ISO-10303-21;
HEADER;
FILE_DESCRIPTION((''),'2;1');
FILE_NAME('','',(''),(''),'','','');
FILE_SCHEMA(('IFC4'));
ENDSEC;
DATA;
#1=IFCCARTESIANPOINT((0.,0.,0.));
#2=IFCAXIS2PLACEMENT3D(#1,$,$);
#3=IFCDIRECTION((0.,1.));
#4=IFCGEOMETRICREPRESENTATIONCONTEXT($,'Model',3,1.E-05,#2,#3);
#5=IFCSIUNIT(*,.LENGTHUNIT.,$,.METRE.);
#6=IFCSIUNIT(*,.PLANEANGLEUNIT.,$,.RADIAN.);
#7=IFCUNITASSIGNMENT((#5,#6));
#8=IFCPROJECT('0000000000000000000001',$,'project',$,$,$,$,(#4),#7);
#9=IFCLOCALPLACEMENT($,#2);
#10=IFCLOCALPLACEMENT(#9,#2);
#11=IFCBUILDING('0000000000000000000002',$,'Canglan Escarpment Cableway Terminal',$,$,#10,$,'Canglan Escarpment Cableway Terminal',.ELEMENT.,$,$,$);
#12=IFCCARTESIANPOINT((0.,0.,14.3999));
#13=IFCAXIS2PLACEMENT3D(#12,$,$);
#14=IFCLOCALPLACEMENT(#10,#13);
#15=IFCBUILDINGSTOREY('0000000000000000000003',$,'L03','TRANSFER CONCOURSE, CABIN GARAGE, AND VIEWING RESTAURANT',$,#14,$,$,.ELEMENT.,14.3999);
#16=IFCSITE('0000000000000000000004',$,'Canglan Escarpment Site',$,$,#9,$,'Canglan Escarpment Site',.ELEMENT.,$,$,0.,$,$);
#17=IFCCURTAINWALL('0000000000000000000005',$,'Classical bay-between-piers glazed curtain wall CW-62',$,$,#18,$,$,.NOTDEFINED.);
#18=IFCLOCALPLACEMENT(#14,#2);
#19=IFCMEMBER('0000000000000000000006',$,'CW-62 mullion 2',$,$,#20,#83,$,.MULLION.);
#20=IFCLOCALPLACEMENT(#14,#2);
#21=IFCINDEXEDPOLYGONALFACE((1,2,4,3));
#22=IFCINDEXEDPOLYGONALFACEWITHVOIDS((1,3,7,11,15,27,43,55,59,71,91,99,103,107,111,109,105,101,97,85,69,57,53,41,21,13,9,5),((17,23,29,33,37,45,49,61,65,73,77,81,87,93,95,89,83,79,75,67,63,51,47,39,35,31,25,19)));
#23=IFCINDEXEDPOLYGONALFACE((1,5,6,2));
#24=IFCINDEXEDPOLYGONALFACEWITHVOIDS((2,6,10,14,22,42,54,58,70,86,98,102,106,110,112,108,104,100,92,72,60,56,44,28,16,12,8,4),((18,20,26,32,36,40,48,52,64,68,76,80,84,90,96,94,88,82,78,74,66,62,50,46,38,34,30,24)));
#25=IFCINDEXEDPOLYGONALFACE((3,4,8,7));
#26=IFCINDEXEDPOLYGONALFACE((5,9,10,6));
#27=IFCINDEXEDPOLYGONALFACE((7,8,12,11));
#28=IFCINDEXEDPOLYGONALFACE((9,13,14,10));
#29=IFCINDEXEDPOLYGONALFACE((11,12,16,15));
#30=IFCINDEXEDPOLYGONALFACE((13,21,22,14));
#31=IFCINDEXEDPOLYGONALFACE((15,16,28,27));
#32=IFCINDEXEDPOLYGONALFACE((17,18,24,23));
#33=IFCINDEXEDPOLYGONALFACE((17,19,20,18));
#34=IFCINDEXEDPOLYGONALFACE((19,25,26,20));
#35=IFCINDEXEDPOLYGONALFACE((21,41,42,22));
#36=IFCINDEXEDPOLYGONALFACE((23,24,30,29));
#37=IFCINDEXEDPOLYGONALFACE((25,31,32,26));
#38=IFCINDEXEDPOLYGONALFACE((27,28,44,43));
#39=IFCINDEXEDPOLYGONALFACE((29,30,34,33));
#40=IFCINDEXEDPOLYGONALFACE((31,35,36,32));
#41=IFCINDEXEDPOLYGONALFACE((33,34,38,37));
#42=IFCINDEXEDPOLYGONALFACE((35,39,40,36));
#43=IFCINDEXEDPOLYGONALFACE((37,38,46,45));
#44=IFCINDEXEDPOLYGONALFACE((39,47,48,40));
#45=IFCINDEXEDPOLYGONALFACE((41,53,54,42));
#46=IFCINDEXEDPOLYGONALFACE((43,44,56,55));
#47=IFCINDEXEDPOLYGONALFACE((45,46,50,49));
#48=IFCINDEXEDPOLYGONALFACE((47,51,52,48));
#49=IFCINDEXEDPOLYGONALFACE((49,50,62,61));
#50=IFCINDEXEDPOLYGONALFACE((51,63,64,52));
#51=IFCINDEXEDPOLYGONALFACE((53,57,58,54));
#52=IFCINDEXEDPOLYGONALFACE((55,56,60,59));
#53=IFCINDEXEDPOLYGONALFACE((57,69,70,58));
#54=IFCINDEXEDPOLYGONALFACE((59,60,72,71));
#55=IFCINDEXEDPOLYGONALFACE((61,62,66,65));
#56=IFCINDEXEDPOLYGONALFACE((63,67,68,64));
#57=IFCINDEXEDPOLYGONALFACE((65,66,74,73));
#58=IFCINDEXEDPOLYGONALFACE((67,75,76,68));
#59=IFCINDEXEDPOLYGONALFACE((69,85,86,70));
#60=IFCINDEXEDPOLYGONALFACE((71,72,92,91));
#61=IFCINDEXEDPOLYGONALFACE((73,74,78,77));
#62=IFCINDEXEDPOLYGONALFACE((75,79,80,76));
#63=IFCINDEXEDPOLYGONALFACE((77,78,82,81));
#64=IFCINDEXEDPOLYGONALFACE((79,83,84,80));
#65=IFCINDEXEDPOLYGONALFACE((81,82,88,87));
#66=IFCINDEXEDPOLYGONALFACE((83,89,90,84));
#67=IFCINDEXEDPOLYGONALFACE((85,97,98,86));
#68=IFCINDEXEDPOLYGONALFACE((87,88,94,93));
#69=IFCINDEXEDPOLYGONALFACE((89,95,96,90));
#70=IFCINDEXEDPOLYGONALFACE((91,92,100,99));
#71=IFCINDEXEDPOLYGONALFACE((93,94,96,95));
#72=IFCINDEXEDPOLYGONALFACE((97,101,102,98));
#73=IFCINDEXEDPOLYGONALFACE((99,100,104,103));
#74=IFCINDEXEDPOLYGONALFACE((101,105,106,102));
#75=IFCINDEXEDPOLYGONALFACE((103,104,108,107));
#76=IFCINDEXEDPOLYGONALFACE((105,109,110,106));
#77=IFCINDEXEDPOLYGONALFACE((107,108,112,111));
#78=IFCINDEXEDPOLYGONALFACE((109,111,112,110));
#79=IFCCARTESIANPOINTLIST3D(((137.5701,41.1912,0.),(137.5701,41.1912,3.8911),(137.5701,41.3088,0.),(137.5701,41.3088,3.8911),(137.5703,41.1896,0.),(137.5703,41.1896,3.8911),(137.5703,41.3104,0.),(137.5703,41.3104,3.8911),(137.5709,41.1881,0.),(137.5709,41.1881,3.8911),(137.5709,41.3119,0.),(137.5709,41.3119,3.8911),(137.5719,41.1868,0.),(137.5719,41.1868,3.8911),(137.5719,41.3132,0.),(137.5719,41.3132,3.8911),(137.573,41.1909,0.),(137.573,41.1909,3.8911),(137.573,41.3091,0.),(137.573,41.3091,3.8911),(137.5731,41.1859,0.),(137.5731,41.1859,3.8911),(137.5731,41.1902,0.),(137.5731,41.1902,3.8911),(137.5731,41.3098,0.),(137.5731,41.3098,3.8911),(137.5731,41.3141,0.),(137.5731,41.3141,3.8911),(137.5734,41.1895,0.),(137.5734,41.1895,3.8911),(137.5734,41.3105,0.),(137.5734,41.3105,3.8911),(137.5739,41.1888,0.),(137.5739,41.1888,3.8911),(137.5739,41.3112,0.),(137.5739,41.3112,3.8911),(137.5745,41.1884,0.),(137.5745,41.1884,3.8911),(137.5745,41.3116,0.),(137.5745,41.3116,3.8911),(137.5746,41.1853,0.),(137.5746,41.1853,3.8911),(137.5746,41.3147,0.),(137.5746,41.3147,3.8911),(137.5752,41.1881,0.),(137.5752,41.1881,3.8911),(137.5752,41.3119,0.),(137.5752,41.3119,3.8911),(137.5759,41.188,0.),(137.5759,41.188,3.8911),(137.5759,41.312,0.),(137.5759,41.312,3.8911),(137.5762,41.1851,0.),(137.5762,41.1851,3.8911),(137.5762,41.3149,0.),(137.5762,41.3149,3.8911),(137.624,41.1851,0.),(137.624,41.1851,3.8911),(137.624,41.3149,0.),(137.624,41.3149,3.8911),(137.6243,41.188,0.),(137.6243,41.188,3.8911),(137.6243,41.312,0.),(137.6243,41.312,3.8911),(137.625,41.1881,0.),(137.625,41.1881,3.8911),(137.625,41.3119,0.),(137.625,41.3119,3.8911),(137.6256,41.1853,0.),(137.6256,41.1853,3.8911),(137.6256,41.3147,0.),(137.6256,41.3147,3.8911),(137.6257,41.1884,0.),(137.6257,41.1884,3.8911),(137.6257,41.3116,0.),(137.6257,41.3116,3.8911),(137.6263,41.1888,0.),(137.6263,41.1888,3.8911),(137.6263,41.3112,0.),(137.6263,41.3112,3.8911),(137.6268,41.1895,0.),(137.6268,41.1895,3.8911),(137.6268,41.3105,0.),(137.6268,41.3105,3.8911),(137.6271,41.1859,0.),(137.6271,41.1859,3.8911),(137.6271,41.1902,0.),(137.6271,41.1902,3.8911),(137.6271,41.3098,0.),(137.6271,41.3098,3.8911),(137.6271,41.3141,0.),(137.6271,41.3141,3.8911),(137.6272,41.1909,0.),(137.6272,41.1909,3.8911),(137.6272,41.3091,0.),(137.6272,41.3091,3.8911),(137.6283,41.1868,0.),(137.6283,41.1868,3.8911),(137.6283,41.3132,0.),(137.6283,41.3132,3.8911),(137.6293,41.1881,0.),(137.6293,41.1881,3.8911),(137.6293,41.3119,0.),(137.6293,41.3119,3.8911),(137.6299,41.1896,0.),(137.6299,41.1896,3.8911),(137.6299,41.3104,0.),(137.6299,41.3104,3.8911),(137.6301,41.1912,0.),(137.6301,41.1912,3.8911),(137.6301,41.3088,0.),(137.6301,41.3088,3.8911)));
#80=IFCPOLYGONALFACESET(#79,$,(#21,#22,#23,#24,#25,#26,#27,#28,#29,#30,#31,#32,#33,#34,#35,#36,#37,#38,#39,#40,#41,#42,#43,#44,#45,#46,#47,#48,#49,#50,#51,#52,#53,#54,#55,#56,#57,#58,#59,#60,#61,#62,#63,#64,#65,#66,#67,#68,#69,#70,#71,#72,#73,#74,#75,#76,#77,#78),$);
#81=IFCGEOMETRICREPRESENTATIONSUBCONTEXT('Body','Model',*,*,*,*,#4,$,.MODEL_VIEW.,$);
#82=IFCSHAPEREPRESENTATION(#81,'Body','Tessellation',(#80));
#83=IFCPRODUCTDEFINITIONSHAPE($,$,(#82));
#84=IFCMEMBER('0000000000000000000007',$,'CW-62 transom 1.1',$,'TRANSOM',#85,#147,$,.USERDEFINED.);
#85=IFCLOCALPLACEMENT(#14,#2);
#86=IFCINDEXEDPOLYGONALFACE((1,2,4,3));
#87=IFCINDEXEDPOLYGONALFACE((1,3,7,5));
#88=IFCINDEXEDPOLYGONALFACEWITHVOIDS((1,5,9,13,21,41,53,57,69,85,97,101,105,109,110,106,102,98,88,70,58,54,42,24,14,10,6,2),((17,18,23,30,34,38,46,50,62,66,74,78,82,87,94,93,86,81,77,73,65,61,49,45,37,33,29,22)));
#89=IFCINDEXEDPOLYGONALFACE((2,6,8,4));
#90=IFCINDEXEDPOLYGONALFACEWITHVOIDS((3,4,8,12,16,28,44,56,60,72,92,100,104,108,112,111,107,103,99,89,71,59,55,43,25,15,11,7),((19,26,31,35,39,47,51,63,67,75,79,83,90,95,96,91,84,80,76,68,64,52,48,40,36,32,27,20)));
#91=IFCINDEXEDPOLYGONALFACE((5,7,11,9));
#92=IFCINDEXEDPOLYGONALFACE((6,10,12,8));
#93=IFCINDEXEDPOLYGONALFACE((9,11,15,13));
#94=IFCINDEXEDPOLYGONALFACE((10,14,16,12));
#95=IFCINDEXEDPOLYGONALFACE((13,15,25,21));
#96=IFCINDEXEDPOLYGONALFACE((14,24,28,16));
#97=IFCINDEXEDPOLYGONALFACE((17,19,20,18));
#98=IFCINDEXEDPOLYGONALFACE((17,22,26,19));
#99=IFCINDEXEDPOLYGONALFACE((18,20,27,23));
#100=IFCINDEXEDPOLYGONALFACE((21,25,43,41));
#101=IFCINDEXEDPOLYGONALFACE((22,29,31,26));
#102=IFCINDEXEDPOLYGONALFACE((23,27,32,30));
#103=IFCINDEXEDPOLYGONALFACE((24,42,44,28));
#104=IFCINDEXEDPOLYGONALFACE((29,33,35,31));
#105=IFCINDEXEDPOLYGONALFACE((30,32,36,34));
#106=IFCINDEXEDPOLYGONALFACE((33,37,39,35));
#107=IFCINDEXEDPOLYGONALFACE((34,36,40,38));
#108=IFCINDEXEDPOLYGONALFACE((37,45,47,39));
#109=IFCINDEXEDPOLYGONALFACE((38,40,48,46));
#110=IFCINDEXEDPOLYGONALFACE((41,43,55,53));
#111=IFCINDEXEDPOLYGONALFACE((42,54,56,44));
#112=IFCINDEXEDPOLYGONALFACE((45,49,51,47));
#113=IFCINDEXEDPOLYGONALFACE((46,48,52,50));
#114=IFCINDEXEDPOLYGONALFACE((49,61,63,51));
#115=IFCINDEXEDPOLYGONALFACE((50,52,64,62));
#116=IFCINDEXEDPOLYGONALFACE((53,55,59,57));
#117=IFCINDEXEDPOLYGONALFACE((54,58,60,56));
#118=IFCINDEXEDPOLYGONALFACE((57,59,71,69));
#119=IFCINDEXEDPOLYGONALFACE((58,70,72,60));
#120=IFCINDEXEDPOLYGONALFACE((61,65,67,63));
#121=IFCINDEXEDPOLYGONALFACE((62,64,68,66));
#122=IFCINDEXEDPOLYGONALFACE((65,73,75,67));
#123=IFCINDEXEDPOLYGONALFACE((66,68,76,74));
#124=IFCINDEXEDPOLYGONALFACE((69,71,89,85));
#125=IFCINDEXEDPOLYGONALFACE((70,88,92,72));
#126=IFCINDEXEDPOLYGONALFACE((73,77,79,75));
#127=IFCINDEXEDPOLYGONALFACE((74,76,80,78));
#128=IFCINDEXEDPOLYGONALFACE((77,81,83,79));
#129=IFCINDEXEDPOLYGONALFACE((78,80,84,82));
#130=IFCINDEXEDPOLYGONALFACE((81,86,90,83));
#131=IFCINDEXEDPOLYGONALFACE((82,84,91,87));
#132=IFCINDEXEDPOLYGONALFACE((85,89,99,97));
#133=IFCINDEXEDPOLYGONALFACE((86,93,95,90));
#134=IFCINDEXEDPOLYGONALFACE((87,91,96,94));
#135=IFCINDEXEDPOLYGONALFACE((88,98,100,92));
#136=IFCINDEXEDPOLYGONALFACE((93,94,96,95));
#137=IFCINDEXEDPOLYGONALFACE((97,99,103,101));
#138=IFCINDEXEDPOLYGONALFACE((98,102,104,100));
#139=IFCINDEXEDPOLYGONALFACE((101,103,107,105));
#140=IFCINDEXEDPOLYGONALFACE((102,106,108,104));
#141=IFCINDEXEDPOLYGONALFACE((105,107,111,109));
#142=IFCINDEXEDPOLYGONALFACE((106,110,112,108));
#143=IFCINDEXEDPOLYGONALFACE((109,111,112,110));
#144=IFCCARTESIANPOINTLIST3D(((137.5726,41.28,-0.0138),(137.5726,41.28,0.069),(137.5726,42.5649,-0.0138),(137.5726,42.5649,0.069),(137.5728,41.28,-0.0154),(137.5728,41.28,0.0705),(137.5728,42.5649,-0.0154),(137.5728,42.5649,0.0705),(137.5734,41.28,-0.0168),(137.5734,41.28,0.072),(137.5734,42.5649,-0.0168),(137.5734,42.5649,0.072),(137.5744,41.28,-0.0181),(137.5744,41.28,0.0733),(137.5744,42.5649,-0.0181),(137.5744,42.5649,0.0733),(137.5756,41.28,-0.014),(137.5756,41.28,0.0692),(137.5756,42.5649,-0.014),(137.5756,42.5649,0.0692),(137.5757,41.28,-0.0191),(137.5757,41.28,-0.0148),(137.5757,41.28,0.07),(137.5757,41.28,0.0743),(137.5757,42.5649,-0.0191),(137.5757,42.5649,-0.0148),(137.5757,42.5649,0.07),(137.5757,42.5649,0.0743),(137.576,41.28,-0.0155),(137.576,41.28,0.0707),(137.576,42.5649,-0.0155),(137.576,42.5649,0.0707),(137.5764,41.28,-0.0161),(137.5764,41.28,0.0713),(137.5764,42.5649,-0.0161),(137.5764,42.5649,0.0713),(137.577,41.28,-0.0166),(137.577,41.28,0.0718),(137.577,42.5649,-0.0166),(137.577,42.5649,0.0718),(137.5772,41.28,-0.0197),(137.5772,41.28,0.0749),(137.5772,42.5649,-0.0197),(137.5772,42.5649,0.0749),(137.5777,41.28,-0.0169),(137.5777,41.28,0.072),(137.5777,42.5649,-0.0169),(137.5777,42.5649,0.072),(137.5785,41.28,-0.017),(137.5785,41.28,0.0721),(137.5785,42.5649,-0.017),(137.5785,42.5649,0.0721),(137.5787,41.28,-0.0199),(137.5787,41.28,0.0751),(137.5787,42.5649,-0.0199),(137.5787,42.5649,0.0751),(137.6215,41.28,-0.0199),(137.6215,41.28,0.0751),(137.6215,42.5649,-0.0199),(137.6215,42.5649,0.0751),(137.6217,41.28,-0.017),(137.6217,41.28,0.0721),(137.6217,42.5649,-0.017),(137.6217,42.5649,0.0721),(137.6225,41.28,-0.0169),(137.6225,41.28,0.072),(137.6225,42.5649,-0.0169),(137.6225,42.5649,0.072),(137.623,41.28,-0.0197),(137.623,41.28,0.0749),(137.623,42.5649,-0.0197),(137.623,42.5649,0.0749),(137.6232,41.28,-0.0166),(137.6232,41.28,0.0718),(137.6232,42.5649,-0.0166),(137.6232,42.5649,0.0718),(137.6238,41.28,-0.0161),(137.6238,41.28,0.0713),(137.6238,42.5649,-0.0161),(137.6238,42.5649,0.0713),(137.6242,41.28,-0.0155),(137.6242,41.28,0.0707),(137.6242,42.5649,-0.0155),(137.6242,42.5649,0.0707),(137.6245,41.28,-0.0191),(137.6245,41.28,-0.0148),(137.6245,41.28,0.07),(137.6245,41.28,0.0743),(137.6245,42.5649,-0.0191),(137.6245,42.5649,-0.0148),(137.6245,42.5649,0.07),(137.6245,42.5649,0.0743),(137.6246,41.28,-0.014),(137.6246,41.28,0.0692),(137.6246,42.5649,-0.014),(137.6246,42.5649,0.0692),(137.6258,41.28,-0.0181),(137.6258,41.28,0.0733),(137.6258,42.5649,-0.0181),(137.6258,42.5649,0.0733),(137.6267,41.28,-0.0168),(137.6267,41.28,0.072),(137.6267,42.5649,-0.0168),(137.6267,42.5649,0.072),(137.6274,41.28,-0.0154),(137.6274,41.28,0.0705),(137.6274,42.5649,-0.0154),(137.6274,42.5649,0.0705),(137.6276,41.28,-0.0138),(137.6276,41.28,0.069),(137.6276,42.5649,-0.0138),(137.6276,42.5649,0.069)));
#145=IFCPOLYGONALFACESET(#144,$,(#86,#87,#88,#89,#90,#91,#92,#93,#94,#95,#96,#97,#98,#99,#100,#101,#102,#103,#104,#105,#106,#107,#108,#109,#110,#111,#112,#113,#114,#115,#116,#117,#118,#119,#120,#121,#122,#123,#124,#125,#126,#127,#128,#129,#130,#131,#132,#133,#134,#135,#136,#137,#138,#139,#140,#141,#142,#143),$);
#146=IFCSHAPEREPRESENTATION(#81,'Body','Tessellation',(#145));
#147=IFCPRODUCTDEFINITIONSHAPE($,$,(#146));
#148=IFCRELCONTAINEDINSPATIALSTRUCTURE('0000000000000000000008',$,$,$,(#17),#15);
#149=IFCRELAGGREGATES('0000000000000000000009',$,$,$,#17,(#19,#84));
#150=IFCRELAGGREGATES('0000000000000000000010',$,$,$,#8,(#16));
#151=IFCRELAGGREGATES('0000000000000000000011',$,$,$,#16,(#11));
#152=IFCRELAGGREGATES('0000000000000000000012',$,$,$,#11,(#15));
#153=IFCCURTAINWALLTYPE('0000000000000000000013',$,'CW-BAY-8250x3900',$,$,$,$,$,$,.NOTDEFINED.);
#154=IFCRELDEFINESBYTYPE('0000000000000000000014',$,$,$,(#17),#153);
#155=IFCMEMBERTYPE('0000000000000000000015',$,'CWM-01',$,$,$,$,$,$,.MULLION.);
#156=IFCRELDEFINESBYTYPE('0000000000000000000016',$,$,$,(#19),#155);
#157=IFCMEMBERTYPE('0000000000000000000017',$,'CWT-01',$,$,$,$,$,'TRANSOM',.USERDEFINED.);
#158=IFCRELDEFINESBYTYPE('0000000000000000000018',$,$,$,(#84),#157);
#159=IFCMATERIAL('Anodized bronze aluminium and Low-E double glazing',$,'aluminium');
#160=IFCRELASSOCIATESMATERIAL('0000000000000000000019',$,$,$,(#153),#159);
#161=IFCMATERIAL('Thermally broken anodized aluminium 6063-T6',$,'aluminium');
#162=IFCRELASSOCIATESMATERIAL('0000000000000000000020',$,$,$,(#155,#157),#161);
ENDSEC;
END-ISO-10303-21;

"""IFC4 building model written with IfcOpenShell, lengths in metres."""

from ifc_helpers import new_model, si_unit, direction, frame, origin, origin_2d, place, context, subcontext, project, spatial, hollow_rectangle, extrude, material, material_profile, profile_set, type_object, element, aggregate, save


model = new_model("IFC4")

# Units and contexts
model_context = context("Model", 3, precision=1e-05, world=origin(), true_north=direction((0.0, 1.0)))
body_context = subcontext(model_context, "Body", "Model", "MODEL_VIEW")
ifc_project = project(units=[si_unit("LENGTHUNIT", "METRE"), si_unit("PLANEANGLEUNIT", "RADIAN")], contexts=[model_context])

# Site, building, storey
site_placement = place(None, origin())
site = spatial("IfcSite", under=ifc_project, at=site_placement, Name="Canglan Escarpment Site", LongName="Canglan Escarpment Site", CompositionType="ELEMENT", RefElevation=0.0)
building_placement = place(site_placement, origin())
building = spatial("IfcBuilding", under=site, at=building_placement, Name="Canglan Escarpment Cableway Terminal", LongName="Canglan Escarpment Cableway Terminal", CompositionType="ELEMENT")
storey_placement = place(building_placement, frame((0.0, 0.0, 14.3999)))
storey = spatial("IfcBuildingStorey", under=building, at=storey_placement, Name="L03", Description="TRANSFER CONCOURSE, CABIN GARAGE, AND VIEWING RESTAURANT", CompositionType="ELEMENT", Elevation=14.3999)

# Curtain wall, members
ifc_material_1 = material(Name="Anodized bronze aluminium and Low-E double glazing", Category="aluminium")
curtain_wall_type = type_object("IfcCurtainWallType", Name="CW-BAY-8250x3900", PredefinedType="NOTDEFINED", material=ifc_material_1)
curtain_wall_placement = place(storey_placement, origin())
curtain_wall = element("IfcCurtainWall", 1, at=curtain_wall_placement, inside=storey, type_object=curtain_wall_type, Name="Classical bay-between-piers glazed curtain wall CW-62", PredefinedType="NOTDEFINED")
ifc_material_2 = material(Name="Thermally broken anodized aluminium 6063-T6", Category="aluminium")
ifc_material_profile_1 = material_profile(ifc_material_2, hollow_rectangle(XDim=0.0601, YDim=0.1299, WallThickness=0.0029, InnerFilletRadius=0.0029, OuterFilletRadius=0.0061, at=origin_2d()), Name="ALU-MULL 60x130x3")
ifc_profile_set_1 = profile_set([ifc_material_profile_1], Name="Thermally broken anodized aluminium 6063-T6")
member_type_1 = type_object("IfcMemberType", Name="CWM-01", PredefinedType="MULLION", material=ifc_profile_set_1)
member_1_placement = place(storey_placement, frame((137.6001, 41.25, 0.0), z_axis=(0.0, 0.0, 1.0), x_axis=(1.0, 0.0, 0.0)))
member_1 = element("IfcMember", 2, at=member_1_placement, type_object=member_type_1, Name="CW-62 mullion 2", PredefinedType="MULLION", context=body_context, shape_type="SweptSolid", body=[
    extrude(hollow_rectangle(XDim=0.0601, YDim=0.1299, WallThickness=0.0029, InnerFilletRadius=0.0029, OuterFilletRadius=0.0061, at=origin_2d()), origin(), (0.0, 0.0, 1.0), 3.8911),
])
ifc_material_profile_2 = material_profile(ifc_material_2, hollow_rectangle(XDim=0.0549, YDim=0.095, WallThickness=0.0029, InnerFilletRadius=0.0029, OuterFilletRadius=0.0061, at=origin_2d()), Name="ALU-TRAN 55x95x3")
ifc_profile_set_2 = profile_set([ifc_material_profile_2], Name="Thermally broken anodized aluminium 6063-T6")
member_type_2 = type_object("IfcMemberType", Name="CWT-01", ElementType="TRANSOM", PredefinedType="USERDEFINED", material=ifc_profile_set_2)
member_2_placement = place(storey_placement, frame((137.6001, 42.5649, 0.0276), z_axis=(0.0, -1.0, 0.0), x_axis=(1.0, 0.0, 0.0)))
member_2 = element("IfcMember", 3, at=member_2_placement, type_object=member_type_2, Name="CW-62 transom 1.1", ObjectType="TRANSOM", PredefinedType="USERDEFINED", context=body_context, shape_type="SweptSolid", body=[
    extrude(hollow_rectangle(XDim=0.0549, YDim=0.095, WallThickness=0.0029, InnerFilletRadius=0.0029, OuterFilletRadius=0.0061, at=origin_2d()), origin(), (0.0, 0.0, 1.0), 1.2849),
])
aggregate(curtain_wall, [member_1, member_2])

save(model, "model.ifc")
